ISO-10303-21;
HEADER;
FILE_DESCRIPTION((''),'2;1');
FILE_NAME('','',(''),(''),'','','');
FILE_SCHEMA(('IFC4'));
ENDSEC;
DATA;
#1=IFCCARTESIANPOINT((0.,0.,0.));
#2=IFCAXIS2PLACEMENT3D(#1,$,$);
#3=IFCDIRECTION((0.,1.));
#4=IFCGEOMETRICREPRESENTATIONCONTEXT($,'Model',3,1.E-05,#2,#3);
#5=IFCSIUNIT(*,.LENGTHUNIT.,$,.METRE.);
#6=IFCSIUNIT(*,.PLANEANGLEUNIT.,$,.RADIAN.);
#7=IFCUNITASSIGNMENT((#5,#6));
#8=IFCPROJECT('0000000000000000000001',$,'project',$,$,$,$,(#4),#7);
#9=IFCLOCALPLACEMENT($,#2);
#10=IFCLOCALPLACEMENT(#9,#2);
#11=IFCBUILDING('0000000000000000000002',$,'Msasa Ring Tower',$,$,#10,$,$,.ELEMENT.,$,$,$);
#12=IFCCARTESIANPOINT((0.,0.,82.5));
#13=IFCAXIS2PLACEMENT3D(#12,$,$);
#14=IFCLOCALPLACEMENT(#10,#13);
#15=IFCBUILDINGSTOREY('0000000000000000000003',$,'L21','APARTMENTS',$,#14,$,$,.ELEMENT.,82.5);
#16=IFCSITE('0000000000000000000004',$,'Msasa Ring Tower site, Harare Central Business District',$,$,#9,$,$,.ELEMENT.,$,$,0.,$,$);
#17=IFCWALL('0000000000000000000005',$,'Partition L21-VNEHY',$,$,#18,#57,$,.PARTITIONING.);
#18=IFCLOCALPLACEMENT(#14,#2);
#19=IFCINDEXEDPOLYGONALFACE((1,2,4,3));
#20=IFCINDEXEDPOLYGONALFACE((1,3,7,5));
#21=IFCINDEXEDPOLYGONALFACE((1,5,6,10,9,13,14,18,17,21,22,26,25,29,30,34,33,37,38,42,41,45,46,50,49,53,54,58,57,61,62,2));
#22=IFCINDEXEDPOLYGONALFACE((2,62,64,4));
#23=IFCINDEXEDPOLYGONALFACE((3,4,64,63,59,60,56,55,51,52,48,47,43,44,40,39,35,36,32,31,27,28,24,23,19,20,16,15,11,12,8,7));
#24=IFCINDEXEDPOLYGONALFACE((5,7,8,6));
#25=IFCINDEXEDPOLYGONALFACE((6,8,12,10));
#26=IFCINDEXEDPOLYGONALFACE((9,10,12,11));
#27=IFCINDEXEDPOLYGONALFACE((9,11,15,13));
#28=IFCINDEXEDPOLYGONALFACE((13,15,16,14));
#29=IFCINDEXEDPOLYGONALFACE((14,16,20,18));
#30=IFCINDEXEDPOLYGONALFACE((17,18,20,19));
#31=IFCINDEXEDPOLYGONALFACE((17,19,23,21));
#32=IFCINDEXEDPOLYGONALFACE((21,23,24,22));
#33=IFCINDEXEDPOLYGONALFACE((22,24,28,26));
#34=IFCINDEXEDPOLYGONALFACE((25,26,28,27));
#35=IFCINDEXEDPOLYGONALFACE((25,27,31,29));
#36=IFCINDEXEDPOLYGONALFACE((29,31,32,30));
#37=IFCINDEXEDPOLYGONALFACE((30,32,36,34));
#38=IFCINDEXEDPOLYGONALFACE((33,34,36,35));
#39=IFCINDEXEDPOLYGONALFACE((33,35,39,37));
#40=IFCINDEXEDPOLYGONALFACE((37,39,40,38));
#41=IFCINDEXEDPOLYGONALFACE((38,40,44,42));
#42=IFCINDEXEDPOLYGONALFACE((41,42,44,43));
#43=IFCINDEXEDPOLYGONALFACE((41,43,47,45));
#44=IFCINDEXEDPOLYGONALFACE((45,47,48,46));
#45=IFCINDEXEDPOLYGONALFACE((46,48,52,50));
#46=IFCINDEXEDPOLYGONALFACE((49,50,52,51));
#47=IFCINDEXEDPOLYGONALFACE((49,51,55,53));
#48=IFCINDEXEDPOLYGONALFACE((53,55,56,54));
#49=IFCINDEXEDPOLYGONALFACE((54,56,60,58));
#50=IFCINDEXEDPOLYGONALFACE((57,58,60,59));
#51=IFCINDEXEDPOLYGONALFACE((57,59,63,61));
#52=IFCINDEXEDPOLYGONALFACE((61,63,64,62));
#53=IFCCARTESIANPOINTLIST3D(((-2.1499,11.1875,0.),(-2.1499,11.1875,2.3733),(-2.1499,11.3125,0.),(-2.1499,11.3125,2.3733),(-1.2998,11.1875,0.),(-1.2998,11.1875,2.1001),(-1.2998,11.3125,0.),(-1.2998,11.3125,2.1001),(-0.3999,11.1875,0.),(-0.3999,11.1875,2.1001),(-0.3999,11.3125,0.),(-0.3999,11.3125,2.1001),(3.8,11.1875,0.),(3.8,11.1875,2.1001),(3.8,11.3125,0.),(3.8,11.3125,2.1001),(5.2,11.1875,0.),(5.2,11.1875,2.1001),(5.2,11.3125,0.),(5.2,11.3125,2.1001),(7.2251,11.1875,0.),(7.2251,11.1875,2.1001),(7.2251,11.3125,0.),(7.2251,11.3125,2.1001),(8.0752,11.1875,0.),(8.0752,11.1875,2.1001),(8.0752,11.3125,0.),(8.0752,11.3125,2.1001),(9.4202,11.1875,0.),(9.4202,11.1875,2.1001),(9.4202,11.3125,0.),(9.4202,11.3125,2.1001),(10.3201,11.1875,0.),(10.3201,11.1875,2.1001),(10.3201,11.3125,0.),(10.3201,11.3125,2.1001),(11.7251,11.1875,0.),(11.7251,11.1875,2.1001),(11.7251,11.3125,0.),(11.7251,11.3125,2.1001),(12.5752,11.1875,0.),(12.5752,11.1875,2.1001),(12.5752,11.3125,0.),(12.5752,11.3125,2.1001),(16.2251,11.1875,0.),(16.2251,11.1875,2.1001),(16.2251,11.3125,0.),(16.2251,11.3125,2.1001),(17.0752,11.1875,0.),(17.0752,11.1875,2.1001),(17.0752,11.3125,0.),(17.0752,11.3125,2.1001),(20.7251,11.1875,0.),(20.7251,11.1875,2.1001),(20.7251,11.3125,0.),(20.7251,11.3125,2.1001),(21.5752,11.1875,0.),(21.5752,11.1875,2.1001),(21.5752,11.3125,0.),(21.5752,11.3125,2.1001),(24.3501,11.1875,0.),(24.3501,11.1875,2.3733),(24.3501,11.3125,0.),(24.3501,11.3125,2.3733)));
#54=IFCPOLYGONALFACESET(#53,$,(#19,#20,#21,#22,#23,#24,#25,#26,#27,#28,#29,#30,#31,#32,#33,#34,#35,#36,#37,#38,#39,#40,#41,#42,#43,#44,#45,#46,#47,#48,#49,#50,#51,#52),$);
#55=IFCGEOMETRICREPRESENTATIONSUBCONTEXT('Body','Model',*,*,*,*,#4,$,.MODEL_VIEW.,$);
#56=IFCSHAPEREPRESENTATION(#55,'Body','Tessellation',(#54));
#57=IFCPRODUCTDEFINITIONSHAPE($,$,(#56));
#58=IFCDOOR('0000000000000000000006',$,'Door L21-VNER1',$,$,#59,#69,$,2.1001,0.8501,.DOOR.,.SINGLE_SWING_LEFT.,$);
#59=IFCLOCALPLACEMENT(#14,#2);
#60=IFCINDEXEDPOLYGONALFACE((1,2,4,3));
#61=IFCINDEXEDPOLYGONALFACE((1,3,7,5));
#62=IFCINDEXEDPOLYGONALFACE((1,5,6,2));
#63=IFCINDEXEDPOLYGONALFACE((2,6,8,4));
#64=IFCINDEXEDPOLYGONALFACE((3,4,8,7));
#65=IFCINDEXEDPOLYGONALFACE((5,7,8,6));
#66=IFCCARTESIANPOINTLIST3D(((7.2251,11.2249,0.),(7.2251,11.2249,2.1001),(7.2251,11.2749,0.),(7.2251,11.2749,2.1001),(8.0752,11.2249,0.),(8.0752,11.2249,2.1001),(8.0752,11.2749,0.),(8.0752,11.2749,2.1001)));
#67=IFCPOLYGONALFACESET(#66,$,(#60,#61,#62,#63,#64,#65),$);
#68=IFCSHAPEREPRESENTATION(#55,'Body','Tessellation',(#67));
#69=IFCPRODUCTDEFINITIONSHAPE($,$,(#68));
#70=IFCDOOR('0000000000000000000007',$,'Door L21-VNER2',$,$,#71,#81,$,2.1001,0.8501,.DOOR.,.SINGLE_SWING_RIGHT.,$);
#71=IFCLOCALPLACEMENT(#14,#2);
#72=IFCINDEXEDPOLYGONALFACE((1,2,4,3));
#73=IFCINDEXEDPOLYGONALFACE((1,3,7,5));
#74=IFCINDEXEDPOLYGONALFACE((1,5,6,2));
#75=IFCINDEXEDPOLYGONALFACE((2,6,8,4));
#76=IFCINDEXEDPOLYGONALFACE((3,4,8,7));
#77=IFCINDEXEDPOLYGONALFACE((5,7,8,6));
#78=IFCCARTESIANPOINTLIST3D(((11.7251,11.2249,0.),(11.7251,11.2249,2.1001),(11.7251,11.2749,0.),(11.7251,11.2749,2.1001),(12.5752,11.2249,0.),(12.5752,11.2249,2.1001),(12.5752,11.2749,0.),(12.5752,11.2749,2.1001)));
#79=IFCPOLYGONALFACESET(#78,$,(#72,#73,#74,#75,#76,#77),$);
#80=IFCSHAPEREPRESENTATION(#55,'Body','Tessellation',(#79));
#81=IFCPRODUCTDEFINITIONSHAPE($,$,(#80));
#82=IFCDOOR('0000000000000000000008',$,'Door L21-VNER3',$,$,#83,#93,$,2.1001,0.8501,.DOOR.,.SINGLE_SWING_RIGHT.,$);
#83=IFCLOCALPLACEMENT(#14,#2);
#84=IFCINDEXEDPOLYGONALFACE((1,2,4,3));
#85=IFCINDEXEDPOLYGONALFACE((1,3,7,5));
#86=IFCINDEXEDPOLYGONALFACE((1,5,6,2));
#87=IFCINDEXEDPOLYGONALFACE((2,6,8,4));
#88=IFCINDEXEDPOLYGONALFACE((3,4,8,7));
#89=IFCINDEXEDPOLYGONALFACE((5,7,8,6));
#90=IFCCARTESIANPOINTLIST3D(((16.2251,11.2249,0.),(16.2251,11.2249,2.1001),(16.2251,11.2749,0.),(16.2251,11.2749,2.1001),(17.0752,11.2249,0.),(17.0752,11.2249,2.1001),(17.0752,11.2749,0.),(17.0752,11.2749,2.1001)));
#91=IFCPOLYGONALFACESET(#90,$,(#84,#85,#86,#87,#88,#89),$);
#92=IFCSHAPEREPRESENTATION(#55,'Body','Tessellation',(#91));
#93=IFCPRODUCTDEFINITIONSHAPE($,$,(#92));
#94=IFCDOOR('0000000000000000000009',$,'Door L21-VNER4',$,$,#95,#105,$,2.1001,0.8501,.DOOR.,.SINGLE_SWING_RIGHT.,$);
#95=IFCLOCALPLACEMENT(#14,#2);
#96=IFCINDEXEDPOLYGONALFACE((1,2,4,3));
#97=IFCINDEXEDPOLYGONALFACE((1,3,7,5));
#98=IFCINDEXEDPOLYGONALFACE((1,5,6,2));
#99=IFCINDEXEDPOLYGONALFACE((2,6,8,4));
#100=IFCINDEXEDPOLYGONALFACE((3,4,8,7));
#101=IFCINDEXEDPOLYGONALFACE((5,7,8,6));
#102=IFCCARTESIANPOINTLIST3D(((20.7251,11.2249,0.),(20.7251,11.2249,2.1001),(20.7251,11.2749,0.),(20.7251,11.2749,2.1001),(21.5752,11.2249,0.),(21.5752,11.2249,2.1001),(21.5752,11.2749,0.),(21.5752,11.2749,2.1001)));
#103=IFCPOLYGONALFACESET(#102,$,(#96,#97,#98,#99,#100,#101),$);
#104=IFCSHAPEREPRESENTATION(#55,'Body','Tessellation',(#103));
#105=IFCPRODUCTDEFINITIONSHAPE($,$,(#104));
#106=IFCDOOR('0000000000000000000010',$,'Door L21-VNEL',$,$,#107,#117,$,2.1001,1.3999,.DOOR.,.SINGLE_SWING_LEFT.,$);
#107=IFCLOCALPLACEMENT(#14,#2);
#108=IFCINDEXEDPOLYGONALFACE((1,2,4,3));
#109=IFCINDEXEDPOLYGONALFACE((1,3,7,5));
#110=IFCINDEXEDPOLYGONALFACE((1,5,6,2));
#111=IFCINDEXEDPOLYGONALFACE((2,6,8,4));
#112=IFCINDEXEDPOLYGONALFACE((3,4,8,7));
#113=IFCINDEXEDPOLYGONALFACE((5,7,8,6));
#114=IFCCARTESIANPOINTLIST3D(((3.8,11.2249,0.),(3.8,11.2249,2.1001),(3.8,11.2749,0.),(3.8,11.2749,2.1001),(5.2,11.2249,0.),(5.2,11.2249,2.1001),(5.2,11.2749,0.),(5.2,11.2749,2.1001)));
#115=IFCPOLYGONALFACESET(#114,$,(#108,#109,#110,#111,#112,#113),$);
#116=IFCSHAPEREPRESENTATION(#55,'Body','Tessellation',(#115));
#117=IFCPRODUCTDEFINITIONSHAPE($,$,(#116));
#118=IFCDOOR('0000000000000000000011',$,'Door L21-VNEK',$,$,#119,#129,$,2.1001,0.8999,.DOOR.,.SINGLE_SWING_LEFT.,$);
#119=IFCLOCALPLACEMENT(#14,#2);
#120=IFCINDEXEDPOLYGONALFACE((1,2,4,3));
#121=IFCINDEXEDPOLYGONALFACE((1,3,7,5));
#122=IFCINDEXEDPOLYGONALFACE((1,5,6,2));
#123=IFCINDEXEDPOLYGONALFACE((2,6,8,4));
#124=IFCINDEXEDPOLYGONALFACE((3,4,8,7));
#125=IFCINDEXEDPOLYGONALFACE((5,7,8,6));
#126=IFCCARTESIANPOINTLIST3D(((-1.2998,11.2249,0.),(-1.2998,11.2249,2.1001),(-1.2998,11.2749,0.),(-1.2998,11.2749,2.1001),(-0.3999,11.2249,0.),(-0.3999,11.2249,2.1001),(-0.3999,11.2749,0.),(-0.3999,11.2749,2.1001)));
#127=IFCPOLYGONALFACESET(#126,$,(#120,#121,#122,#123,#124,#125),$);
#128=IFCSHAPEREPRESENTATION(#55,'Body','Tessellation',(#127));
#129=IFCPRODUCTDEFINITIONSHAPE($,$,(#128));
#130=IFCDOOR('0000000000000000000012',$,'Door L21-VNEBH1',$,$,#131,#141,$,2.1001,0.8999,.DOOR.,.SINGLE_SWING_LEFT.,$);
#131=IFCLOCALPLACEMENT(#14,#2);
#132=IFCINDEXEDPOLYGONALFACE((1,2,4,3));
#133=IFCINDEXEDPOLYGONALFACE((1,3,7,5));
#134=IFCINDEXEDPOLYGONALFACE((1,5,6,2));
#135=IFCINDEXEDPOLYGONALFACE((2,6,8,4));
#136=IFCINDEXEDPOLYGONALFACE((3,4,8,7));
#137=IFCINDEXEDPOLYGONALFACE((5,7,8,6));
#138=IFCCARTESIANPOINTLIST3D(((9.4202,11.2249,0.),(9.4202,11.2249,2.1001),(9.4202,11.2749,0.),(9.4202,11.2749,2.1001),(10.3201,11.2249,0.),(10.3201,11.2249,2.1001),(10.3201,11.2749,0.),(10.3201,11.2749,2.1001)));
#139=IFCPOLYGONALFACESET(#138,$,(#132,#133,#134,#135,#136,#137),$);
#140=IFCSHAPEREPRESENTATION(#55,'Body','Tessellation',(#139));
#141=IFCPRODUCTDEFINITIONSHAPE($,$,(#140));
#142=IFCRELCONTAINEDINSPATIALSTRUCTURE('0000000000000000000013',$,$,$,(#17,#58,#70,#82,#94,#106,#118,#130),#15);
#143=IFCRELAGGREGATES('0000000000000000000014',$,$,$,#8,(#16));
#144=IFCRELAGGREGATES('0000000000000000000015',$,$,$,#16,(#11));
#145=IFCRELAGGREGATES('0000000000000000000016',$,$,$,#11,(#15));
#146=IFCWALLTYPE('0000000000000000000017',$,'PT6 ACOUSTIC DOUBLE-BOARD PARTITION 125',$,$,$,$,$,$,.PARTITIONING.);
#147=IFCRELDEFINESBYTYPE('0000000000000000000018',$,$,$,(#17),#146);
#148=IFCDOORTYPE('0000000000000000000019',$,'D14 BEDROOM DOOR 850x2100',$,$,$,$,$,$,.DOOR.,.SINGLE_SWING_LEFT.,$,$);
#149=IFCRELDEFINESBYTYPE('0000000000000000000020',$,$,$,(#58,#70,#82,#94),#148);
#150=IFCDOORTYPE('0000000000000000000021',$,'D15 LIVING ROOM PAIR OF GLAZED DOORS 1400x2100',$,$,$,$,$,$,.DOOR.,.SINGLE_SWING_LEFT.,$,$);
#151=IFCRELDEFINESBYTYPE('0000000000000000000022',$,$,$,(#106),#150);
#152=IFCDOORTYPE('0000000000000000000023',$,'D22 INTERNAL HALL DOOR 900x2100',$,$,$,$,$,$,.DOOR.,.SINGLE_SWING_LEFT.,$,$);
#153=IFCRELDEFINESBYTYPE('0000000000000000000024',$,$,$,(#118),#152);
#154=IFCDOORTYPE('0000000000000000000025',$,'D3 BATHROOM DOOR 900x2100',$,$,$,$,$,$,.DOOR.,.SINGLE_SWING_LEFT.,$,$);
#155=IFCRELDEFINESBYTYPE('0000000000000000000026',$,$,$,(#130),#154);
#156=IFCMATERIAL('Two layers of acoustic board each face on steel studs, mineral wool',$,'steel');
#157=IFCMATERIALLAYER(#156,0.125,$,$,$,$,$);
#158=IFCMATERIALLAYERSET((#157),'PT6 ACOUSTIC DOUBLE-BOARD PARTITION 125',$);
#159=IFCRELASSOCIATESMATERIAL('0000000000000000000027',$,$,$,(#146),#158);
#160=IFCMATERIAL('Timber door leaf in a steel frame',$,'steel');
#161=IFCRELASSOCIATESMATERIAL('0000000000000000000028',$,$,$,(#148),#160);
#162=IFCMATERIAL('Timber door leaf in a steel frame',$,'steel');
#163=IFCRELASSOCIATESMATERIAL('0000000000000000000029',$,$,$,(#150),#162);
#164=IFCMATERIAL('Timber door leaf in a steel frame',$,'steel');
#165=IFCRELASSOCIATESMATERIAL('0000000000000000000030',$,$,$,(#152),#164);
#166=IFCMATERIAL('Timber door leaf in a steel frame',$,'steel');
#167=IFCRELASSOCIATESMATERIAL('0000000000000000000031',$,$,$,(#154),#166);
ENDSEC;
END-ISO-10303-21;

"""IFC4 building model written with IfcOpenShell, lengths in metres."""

from ifc_helpers import new_model, si_unit, direction, frame, frame_2d, origin, place, context, subcontext, project, spatial, rectangle, extrude, material, layer, layer_set, type_object, element, fill, save


model = new_model("IFC4")

# Units and contexts
model_context = context("Model", 3, precision=1e-05, world=origin(), true_north=direction((0.0, 1.0)))
body_context = subcontext(model_context, "Body", "Model", "MODEL_VIEW")
ifc_project = project(units=[si_unit("LENGTHUNIT", "METRE"), si_unit("PLANEANGLEUNIT", "RADIAN")], contexts=[model_context])

# Site, building, storey
site_placement = place(None, origin())
site = spatial("IfcSite", under=ifc_project, at=site_placement, Name="Msasa Ring Tower site, Harare Central Business District", CompositionType="ELEMENT", RefElevation=0.0)
building_placement = place(site_placement, origin())
building = spatial("IfcBuilding", under=site, at=building_placement, Name="Msasa Ring Tower", CompositionType="ELEMENT")
storey_placement = place(building_placement, frame((0.0, 0.0, 82.5)))
storey = spatial("IfcBuildingStorey", under=building, at=storey_placement, Name="L21", Description="APARTMENTS", CompositionType="ELEMENT", Elevation=82.5)

# Wall, openings, doors
ifc_material_1 = material(Name="Two layers of acoustic board each face on steel studs, mineral wool", Category="steel")
ifc_layer_1 = layer(ifc_material_1, 0.125)
ifc_layer_set_1 = layer_set([ifc_layer_1], Name="PT6 ACOUSTIC DOUBLE-BOARD PARTITION 125")
wall_type_1 = type_object("IfcWallType", Name="PT6 ACOUSTIC DOUBLE-BOARD PARTITION 125", PredefinedType="PARTITIONING", material=ifc_layer_set_1)
wall_1_placement = place(storey_placement, frame((-2.1499, 11.25, 0.0), z_axis=(0.0, 0.0, 1.0), x_axis=(1.0, 0.0, 0.0)))
wall_1 = element("IfcWall", 1, at=wall_1_placement, inside=storey, type_object=wall_type_1, Name="Partition L21-VNEHY", PredefinedType="PARTITIONING", context=body_context, shape_type="SweptSolid", body=[
    extrude(rectangle(XDim=26.5, YDim=0.125, at=frame_2d((13.25, 0.0))), origin(), (0.0, 0.0, 1.0), 2.3733),
])
opening_1_placement = place(wall_1_placement, frame((0.8501, 0.0, 0.0)))
opening_1 = element("IfcOpeningElement", 2, at=opening_1_placement, cuts=wall_1, PredefinedType="OPENING", context=body_context, shape_type="SweptSolid", body=[
    extrude(rectangle(XDim=0.8999, YDim=2.1001, at=frame_2d((0.45, 1.05))), frame((0.0, 0.0725, 0.0), z_axis=(0.0, -1.0, 0.0), x_axis=(1.0, 0.0, 0.0)), (0.0, 0.0, 1.0), 0.145),
])
opening_2_placement = place(wall_1_placement, frame((5.95, 0.0, 0.0)))
opening_2 = element("IfcOpeningElement", 3, at=opening_2_placement, cuts=wall_1, PredefinedType="OPENING", context=body_context, shape_type="SweptSolid", body=[
    extrude(rectangle(XDim=1.3999, YDim=2.1001, at=frame_2d((0.7, 1.05))), frame((0.0, 0.0725, 0.0), z_axis=(0.0, -1.0, 0.0), x_axis=(1.0, 0.0, 0.0)), (0.0, 0.0, 1.0), 0.145),
])
opening_3_placement = place(wall_1_placement, frame((9.375, 0.0, 0.0)))
opening_3 = element("IfcOpeningElement", 4, at=opening_3_placement, cuts=wall_1, PredefinedType="OPENING", context=body_context, shape_type="SweptSolid", body=[
    extrude(rectangle(XDim=0.8501, YDim=2.1001, at=frame_2d((0.425, 1.05))), frame((0.0, 0.0725, 0.0), z_axis=(0.0, -1.0, 0.0), x_axis=(1.0, 0.0, 0.0)), (0.0, 0.0, 1.0), 0.145),
])
opening_4_placement = place(wall_1_placement, frame((11.5701, 0.0, 0.0)))
opening_4 = element("IfcOpeningElement", 5, at=opening_4_placement, cuts=wall_1, PredefinedType="OPENING", context=body_context, shape_type="SweptSolid", body=[
    extrude(rectangle(XDim=0.8999, YDim=2.1001, at=frame_2d((0.45, 1.05))), frame((0.0, 0.0725, 0.0), z_axis=(0.0, -1.0, 0.0), x_axis=(1.0, 0.0, 0.0)), (0.0, 0.0, 1.0), 0.145),
])
opening_5_placement = place(wall_1_placement, frame((13.875, 0.0, 0.0)))
opening_5 = element("IfcOpeningElement", 6, at=opening_5_placement, cuts=wall_1, PredefinedType="OPENING", context=body_context, shape_type="SweptSolid", body=[
    extrude(rectangle(XDim=0.8501, YDim=2.1001, at=frame_2d((0.425, 1.05))), frame((0.0, 0.0725, 0.0), z_axis=(0.0, -1.0, 0.0), x_axis=(1.0, 0.0, 0.0)), (0.0, 0.0, 1.0), 0.145),
])
opening_6_placement = place(wall_1_placement, frame((18.375, 0.0, 0.0)))
opening_6 = element("IfcOpeningElement", 7, at=opening_6_placement, cuts=wall_1, PredefinedType="OPENING", context=body_context, shape_type="SweptSolid", body=[
    extrude(rectangle(XDim=0.8501, YDim=2.1001, at=frame_2d((0.425, 1.05))), frame((0.0, 0.0725, 0.0), z_axis=(0.0, -1.0, 0.0), x_axis=(1.0, 0.0, 0.0)), (0.0, 0.0, 1.0), 0.145),
])
opening_7_placement = place(wall_1_placement, frame((22.875, 0.0, 0.0)))
opening_7 = element("IfcOpeningElement", 8, at=opening_7_placement, cuts=wall_1, PredefinedType="OPENING", context=body_context, shape_type="SweptSolid", body=[
    extrude(rectangle(XDim=0.8501, YDim=2.1001, at=frame_2d((0.425, 1.05))), frame((0.0, 0.0725, 0.0), z_axis=(0.0, -1.0, 0.0), x_axis=(1.0, 0.0, 0.0)), (0.0, 0.0, 1.0), 0.145),
])
ifc_material_2 = material(Name="Timber door leaf in a steel frame", Category="steel")
door_type_1 = type_object("IfcDoorType", Name="D14 BEDROOM DOOR 850x2100", OperationType="SINGLE_SWING_LEFT", PredefinedType="DOOR", material=ifc_material_2)
door_1_placement = place(opening_3_placement, origin())
door_1 = element("IfcDoor", 9, at=door_1_placement, inside=storey, type_object=door_type_1, Name="Door L21-VNER1", OperationType="SINGLE_SWING_LEFT", OverallHeight=2.1001, OverallWidth=0.8501, PredefinedType="DOOR", context=body_context, shape_type="SweptSolid", body=[
    extrude(rectangle(XDim=0.8501, YDim=2.1001, at=frame_2d((0.425, 1.05))), frame((0.0, 0.0249, 0.0), z_axis=(0.0, -1.0, 0.0), x_axis=(1.0, 0.0, 0.0)), (0.0, 0.0, 1.0), 0.05),
])
fill(opening_3, door_1)
door_2_placement = place(opening_5_placement, origin())
door_2 = element("IfcDoor", 10, at=door_2_placement, inside=storey, type_object=door_type_1, Name="Door L21-VNER2", OperationType="SINGLE_SWING_RIGHT", OverallHeight=2.1001, OverallWidth=0.8501, PredefinedType="DOOR", context=body_context, shape_type="SweptSolid", body=[
    extrude(rectangle(XDim=0.8501, YDim=2.1001, at=frame_2d((0.425, 1.05))), frame((0.0, 0.0249, 0.0), z_axis=(0.0, -1.0, 0.0), x_axis=(1.0, 0.0, 0.0)), (0.0, 0.0, 1.0), 0.05),
])
fill(opening_5, door_2)
door_3_placement = place(opening_6_placement, origin())
door_3 = element("IfcDoor", 11, at=door_3_placement, inside=storey, type_object=door_type_1, Name="Door L21-VNER3", OperationType="SINGLE_SWING_RIGHT", OverallHeight=2.1001, OverallWidth=0.8501, PredefinedType="DOOR", context=body_context, shape_type="SweptSolid", body=[
    extrude(rectangle(XDim=0.8501, YDim=2.1001, at=frame_2d((0.425, 1.05))), frame((0.0, 0.0249, 0.0), z_axis=(0.0, -1.0, 0.0), x_axis=(1.0, 0.0, 0.0)), (0.0, 0.0, 1.0), 0.05),
])
fill(opening_6, door_3)
door_4_placement = place(opening_7_placement, origin())
door_4 = element("IfcDoor", 12, at=door_4_placement, inside=storey, type_object=door_type_1, Name="Door L21-VNER4", OperationType="SINGLE_SWING_RIGHT", OverallHeight=2.1001, OverallWidth=0.8501, PredefinedType="DOOR", context=body_context, shape_type="SweptSolid", body=[
    extrude(rectangle(XDim=0.8501, YDim=2.1001, at=frame_2d((0.425, 1.05))), frame((0.0, 0.0249, 0.0), z_axis=(0.0, -1.0, 0.0), x_axis=(1.0, 0.0, 0.0)), (0.0, 0.0, 1.0), 0.05),
])
fill(opening_7, door_4)
ifc_material_3 = material(Name="Timber door leaf in a steel frame", Category="steel")
door_type_2 = type_object("IfcDoorType", Name="D15 LIVING ROOM PAIR OF GLAZED DOORS 1400x2100", OperationType="SINGLE_SWING_LEFT", PredefinedType="DOOR", material=ifc_material_3)
door_5_placement = place(opening_2_placement, origin())
door_5 = element("IfcDoor", 13, at=door_5_placement, inside=storey, type_object=door_type_2, Name="Door L21-VNEL", OperationType="SINGLE_SWING_LEFT", OverallHeight=2.1001, OverallWidth=1.3999, PredefinedType="DOOR", context=body_context, shape_type="SweptSolid", body=[
    extrude(rectangle(XDim=1.3999, YDim=2.1001, at=frame_2d((0.7, 1.05))), frame((0.0, 0.0249, 0.0), z_axis=(0.0, -1.0, 0.0), x_axis=(1.0, 0.0, 0.0)), (0.0, 0.0, 1.0), 0.05),
])
fill(opening_2, door_5)
ifc_material_4 = material(Name="Timber door leaf in a steel frame", Category="steel")
door_type_3 = type_object("IfcDoorType", Name="D22 INTERNAL HALL DOOR 900x2100", OperationType="SINGLE_SWING_LEFT", PredefinedType="DOOR", material=ifc_material_4)
door_6_placement = place(opening_1_placement, origin())
door_6 = element("IfcDoor", 14, at=door_6_placement, inside=storey, type_object=door_type_3, Name="Door L21-VNEK", OperationType="SINGLE_SWING_LEFT", OverallHeight=2.1001, OverallWidth=0.8999, PredefinedType="DOOR", context=body_context, shape_type="SweptSolid", body=[
    extrude(rectangle(XDim=0.8999, YDim=2.1001, at=frame_2d((0.45, 1.05))), frame((0.0, 0.0249, 0.0), z_axis=(0.0, -1.0, 0.0), x_axis=(1.0, 0.0, 0.0)), (0.0, 0.0, 1.0), 0.05),
])
fill(opening_1, door_6)
ifc_material_5 = material(Name="Timber door leaf in a steel frame", Category="steel")
door_type_4 = type_object("IfcDoorType", Name="D3 BATHROOM DOOR 900x2100", OperationType="SINGLE_SWING_LEFT", PredefinedType="DOOR", material=ifc_material_5)
door_7_placement = place(opening_4_placement, origin())
door_7 = element("IfcDoor", 15, at=door_7_placement, inside=storey, type_object=door_type_4, Name="Door L21-VNEBH1", OperationType="SINGLE_SWING_LEFT", OverallHeight=2.1001, OverallWidth=0.8999, PredefinedType="DOOR", context=body_context, shape_type="SweptSolid", body=[
    extrude(rectangle(XDim=0.8999, YDim=2.1001, at=frame_2d((0.45, 1.05))), frame((0.0, 0.0249, 0.0), z_axis=(0.0, -1.0, 0.0), x_axis=(1.0, 0.0, 0.0)), (0.0, 0.0, 1.0), 0.05),
])
fill(opening_4, door_7)

save(model, "model.ifc")
